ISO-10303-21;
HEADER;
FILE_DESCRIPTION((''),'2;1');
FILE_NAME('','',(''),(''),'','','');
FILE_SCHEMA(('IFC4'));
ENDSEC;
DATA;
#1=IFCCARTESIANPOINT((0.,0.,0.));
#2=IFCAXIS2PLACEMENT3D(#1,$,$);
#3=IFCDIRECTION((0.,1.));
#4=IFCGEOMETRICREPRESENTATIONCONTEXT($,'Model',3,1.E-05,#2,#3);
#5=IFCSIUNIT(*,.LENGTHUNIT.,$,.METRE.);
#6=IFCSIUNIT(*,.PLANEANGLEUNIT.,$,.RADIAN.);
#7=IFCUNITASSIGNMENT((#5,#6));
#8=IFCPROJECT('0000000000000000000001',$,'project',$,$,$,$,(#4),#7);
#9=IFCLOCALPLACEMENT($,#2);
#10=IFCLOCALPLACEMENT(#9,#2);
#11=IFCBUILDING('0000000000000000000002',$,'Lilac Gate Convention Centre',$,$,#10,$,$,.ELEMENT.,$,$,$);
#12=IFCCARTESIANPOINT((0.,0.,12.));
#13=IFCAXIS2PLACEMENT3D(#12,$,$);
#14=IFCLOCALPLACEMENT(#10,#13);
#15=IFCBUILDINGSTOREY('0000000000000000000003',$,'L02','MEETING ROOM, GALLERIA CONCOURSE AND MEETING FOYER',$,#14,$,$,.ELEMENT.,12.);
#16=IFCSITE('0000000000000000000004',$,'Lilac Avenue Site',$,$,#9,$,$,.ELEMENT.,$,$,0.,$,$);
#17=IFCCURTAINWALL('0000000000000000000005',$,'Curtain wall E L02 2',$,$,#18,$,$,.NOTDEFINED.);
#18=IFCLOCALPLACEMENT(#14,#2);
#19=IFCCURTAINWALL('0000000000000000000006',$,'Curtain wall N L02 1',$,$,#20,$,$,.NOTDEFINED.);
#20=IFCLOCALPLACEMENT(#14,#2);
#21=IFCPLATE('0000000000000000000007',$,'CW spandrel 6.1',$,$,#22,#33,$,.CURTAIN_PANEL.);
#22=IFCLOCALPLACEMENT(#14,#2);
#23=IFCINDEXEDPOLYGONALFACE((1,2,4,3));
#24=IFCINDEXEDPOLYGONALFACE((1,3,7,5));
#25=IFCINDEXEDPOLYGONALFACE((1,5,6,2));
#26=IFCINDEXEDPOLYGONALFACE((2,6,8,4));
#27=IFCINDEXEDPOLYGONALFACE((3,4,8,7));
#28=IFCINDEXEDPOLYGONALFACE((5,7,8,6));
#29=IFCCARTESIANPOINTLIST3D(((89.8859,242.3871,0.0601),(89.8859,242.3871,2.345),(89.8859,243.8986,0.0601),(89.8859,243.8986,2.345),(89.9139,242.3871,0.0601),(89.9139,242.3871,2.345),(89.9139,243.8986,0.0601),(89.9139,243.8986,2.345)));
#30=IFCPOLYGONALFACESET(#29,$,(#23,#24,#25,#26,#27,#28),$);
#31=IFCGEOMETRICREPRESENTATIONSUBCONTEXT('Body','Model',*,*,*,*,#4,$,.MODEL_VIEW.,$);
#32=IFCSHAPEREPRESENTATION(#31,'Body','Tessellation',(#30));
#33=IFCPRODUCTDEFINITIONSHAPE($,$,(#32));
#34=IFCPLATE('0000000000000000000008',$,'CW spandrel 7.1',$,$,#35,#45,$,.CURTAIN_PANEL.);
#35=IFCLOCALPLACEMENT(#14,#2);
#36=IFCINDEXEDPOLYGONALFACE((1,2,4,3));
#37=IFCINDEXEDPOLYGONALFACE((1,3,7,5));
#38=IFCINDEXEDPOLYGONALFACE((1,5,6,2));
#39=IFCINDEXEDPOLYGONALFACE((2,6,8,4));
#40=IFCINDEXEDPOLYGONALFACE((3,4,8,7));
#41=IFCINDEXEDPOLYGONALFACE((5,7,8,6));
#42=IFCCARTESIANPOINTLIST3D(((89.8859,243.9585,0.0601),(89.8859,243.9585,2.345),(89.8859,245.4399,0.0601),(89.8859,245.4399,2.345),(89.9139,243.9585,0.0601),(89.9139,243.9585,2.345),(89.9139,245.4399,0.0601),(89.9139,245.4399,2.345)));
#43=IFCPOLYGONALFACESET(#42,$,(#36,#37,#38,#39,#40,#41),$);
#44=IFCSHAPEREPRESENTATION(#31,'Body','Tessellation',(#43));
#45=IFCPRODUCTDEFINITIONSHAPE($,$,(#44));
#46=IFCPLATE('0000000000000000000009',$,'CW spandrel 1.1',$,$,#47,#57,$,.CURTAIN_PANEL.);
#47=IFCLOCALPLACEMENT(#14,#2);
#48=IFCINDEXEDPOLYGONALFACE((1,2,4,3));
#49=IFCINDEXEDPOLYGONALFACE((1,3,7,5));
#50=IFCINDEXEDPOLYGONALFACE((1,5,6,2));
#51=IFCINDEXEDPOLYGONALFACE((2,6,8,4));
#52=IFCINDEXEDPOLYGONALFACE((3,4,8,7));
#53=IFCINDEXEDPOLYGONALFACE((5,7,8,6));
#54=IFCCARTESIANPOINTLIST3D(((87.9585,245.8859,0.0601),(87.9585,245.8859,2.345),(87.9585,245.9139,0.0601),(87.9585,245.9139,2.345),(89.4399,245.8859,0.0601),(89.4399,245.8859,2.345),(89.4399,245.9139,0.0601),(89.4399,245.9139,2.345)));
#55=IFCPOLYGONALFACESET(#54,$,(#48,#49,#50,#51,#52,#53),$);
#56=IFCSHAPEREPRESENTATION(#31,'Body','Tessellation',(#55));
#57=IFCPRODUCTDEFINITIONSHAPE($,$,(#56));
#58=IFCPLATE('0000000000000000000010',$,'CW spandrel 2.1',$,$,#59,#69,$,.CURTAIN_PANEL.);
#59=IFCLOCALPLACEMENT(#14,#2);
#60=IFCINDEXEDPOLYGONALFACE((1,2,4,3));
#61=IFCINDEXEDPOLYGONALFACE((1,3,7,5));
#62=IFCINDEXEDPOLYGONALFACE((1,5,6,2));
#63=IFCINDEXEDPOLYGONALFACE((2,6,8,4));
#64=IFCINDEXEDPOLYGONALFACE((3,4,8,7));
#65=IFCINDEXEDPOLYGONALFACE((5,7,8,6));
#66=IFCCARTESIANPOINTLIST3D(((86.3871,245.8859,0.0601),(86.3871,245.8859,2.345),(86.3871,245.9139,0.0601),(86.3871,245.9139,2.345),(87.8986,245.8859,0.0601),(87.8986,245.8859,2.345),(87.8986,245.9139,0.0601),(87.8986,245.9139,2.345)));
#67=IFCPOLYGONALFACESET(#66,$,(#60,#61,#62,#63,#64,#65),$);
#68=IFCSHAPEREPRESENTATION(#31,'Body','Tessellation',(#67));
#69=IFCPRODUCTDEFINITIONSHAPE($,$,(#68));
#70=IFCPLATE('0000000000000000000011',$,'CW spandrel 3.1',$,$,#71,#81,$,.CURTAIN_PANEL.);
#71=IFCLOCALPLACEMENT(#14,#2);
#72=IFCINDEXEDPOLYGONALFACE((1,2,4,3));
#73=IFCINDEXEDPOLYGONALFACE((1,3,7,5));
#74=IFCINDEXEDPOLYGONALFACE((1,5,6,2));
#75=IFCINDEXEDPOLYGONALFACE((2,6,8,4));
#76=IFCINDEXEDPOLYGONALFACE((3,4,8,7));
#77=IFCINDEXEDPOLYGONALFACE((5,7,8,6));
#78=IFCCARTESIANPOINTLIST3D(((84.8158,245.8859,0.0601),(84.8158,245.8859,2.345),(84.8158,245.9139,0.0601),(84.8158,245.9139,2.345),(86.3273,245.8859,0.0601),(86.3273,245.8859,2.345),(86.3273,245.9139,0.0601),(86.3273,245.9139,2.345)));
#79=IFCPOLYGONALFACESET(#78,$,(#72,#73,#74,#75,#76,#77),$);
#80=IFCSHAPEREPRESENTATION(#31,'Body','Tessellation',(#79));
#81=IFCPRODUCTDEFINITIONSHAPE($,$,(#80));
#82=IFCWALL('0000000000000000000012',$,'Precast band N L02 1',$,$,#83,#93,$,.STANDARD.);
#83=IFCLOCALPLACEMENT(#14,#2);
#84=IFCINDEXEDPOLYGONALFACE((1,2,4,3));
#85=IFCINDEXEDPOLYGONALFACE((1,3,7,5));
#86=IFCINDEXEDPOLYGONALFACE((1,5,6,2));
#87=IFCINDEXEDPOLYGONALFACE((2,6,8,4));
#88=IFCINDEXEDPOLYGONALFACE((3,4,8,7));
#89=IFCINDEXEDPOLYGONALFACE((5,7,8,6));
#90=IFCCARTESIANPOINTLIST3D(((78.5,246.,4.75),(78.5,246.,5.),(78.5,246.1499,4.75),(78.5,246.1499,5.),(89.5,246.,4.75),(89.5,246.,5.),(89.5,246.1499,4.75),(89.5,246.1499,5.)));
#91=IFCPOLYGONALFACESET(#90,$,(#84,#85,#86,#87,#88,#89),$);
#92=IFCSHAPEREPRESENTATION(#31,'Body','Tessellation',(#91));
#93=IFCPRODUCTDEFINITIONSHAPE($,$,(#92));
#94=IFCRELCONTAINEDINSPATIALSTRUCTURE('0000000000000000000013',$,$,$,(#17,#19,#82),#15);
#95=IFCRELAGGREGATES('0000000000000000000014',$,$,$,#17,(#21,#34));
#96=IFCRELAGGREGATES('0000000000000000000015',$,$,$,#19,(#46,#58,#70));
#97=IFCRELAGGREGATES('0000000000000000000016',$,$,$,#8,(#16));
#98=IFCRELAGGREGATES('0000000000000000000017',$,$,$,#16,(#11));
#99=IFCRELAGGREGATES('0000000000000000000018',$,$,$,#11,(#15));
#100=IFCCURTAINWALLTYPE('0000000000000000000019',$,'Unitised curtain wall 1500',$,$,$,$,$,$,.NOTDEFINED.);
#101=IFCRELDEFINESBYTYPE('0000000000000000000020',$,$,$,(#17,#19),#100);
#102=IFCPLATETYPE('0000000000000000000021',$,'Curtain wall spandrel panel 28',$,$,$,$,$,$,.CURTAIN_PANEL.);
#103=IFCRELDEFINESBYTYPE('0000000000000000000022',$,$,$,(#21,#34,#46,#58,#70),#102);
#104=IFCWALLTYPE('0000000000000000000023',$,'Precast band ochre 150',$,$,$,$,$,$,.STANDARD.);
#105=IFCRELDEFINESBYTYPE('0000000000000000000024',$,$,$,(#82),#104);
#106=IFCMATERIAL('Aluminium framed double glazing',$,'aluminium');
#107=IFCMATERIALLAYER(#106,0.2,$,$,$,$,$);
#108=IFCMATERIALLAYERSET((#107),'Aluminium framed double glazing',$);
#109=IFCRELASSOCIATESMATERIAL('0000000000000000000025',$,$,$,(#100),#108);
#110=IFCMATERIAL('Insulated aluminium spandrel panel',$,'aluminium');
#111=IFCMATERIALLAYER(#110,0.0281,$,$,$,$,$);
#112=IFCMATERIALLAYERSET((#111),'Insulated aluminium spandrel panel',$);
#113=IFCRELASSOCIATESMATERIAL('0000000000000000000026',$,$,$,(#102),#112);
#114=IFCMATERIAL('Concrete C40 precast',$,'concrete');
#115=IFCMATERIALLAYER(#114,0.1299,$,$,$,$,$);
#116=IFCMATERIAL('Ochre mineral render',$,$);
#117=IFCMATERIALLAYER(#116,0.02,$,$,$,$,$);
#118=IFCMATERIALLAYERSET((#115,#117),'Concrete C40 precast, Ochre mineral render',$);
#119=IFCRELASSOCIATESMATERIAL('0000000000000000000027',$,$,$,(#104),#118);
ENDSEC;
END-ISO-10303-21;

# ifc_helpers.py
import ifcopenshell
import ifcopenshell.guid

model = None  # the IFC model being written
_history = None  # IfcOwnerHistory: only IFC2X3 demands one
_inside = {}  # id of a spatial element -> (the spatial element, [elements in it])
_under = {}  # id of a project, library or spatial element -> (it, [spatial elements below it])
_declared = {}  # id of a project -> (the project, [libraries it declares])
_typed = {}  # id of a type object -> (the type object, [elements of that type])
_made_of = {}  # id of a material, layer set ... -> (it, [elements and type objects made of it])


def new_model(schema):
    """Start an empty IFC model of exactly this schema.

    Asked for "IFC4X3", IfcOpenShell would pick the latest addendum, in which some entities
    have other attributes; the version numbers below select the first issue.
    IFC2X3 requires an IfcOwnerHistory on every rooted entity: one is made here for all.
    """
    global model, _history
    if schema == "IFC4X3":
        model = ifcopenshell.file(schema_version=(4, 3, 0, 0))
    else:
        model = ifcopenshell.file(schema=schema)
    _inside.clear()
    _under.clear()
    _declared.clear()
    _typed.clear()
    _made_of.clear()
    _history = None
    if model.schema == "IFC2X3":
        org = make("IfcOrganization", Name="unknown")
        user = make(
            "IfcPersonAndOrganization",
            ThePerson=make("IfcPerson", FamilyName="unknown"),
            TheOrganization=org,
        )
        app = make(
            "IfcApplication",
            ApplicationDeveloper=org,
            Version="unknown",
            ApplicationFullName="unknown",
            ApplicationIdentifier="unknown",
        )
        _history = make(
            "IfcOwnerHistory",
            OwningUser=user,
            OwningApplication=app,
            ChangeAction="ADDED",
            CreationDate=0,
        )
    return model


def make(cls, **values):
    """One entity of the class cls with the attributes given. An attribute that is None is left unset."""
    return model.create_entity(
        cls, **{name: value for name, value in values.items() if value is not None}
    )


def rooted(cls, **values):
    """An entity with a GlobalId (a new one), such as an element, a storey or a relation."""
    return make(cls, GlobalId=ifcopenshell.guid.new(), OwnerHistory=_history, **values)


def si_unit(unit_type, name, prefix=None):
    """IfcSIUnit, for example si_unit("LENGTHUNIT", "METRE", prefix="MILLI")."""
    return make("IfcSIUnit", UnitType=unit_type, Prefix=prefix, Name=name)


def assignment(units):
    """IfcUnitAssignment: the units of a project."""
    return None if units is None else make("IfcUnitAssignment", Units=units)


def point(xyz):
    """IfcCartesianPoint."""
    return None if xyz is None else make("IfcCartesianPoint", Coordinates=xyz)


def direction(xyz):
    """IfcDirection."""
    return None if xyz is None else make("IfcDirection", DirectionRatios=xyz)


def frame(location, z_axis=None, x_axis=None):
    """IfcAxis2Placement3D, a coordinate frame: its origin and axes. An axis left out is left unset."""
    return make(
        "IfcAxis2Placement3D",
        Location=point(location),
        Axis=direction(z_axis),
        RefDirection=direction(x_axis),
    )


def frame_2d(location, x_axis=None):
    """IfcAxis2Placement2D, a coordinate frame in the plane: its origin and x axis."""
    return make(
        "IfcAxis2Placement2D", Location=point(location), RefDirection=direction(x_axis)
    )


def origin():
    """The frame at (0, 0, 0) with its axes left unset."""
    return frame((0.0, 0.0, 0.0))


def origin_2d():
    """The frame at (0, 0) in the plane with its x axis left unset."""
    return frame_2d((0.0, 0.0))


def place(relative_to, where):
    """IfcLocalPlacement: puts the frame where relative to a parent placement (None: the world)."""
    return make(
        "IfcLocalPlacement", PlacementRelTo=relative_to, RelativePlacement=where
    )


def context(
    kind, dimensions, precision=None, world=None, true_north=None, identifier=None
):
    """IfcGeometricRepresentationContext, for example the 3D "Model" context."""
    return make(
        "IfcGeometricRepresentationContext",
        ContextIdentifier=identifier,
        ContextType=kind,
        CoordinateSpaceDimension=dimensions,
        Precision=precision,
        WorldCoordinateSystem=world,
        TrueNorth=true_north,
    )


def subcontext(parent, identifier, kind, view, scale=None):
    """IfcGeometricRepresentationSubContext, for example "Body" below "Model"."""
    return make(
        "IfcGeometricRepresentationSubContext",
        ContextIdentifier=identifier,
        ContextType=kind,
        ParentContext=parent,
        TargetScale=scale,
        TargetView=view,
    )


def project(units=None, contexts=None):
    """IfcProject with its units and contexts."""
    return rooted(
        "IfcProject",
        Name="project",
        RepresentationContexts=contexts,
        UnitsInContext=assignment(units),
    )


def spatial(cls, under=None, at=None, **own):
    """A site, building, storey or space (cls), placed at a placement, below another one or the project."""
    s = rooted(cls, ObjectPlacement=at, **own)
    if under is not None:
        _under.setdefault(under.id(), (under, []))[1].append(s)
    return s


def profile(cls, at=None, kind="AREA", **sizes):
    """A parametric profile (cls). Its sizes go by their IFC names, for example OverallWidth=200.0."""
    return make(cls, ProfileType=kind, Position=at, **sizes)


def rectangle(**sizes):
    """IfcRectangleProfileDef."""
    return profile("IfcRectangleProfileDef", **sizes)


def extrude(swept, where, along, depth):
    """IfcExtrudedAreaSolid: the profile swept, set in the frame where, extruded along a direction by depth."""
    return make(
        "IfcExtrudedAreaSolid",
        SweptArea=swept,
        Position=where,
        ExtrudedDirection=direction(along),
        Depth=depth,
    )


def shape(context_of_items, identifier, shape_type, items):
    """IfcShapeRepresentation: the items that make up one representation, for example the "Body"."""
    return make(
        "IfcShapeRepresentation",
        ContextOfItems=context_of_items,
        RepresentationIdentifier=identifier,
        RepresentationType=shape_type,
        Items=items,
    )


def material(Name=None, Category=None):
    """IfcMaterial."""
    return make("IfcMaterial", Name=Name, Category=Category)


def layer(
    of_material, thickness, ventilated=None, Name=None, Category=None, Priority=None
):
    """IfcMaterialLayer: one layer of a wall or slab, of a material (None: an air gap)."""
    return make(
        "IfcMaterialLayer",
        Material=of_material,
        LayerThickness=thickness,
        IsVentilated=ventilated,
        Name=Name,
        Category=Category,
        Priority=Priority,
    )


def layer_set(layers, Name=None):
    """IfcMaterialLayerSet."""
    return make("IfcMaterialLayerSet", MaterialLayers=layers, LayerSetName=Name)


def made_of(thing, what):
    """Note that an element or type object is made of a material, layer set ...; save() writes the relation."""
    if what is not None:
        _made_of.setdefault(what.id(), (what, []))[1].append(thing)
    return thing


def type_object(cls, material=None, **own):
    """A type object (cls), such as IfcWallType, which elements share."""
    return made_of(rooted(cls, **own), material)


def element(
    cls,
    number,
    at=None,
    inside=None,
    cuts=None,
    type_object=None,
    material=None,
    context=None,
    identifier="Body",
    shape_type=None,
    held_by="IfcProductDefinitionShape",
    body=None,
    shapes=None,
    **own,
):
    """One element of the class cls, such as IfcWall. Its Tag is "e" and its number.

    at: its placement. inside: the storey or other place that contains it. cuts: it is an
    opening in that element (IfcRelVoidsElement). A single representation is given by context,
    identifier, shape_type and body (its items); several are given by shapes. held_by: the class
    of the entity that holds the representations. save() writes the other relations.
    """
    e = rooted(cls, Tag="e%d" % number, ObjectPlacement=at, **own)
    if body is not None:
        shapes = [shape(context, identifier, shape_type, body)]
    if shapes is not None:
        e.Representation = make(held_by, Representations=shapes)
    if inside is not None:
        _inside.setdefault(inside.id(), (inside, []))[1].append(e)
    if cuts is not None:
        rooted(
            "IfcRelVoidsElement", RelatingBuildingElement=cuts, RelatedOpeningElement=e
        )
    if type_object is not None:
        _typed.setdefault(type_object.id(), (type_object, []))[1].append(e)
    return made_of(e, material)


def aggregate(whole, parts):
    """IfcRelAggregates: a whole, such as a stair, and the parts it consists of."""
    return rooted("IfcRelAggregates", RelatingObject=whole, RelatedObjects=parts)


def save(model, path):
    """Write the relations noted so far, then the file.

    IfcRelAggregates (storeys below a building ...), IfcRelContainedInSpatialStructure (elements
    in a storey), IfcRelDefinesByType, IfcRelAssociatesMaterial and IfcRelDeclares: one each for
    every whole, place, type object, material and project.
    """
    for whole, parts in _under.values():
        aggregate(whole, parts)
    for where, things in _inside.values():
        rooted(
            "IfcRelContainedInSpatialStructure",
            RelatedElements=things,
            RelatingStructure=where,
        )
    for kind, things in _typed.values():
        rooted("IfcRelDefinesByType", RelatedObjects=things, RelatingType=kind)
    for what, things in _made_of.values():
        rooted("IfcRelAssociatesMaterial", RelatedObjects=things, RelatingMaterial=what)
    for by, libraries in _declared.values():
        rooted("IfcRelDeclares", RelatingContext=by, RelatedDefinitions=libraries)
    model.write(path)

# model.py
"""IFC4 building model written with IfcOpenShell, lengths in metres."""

from ifc_helpers import new_model, si_unit, direction, frame, frame_2d, origin, origin_2d, place, context, subcontext, project, spatial, rectangle, extrude, material, layer, layer_set, type_object, element, aggregate, save


model = new_model("IFC4")

# Units and contexts
model_context = context("Model", 3, precision=1e-05, world=origin(), true_north=direction((0.0, 1.0)))
body_context = subcontext(model_context, "Body", "Model", "MODEL_VIEW")
ifc_project = project(units=[si_unit("LENGTHUNIT", "METRE"), si_unit("PLANEANGLEUNIT", "RADIAN")], contexts=[model_context])

# Site, building, storey
site_placement = place(None, origin())
site = spatial("IfcSite", under=ifc_project, at=site_placement, Name="Lilac Avenue Site", CompositionType="ELEMENT", RefElevation=0.0)
building_placement = place(site_placement, origin())
building = spatial("IfcBuilding", under=site, at=building_placement, Name="Lilac Gate Convention Centre", CompositionType="ELEMENT")
storey_placement = place(building_placement, frame((0.0, 0.0, 12.0)))
storey = spatial("IfcBuildingStorey", under=building, at=storey_placement, Name="L02", Description="MEETING ROOM, GALLERIA CONCOURSE AND MEETING FOYER", CompositionType="ELEMENT", Elevation=12.0)

# Curtain walls
ifc_material_1 = material(Name="Aluminium framed double glazing", Category="aluminium")
ifc_layer_1 = layer(ifc_material_1, 0.2)
ifc_layer_set_1 = layer_set([ifc_layer_1], Name="Aluminium framed double glazing")
curtain_wall_type = type_object("IfcCurtainWallType", Name="Unitised curtain wall 1500", PredefinedType="NOTDEFINED", material=ifc_layer_set_1)
curtain_wall_1_placement = place(storey_placement, origin())
curtain_wall_1 = element("IfcCurtainWall", 1, at=curtain_wall_1_placement, inside=storey, type_object=curtain_wall_type, Name="Curtain wall E L02 2", PredefinedType="NOTDEFINED")
curtain_wall_2_placement = place(storey_placement, origin())
curtain_wall_2 = element("IfcCurtainWall", 2, at=curtain_wall_2_placement, inside=storey, type_object=curtain_wall_type, Name="Curtain wall N L02 1", PredefinedType="NOTDEFINED")

# Plates
ifc_material_2 = material(Name="Insulated aluminium spandrel panel", Category="aluminium")
ifc_layer_2 = layer(ifc_material_2, 0.0281)
ifc_layer_set_2 = layer_set([ifc_layer_2], Name="Insulated aluminium spandrel panel")
plate_type_1 = type_object("IfcPlateType", Name="Curtain wall spandrel panel 28", PredefinedType="CURTAIN_PANEL", material=ifc_layer_set_2)
plate_1_placement = place(storey_placement, frame((89.8999, 243.1428, 0.0601), z_axis=(0.0, 0.0, 1.0), x_axis=(0.0, 1.0, 0.0)))
plate_1 = element("IfcPlate", 3, at=plate_1_placement, type_object=plate_type_1, Name="CW spandrel 6.1", PredefinedType="CURTAIN_PANEL", context=body_context, shape_type="SweptSolid", body=[
    extrude(rectangle(XDim=1.5115, YDim=0.0281, at=origin_2d()), origin(), (0.0, 0.0, 1.0), 2.2849),
])
plate_2_placement = place(storey_placement, frame((89.8999, 244.6992, 0.0601), z_axis=(0.0, 0.0, 1.0), x_axis=(0.0, 1.0, 0.0)))
plate_2 = element("IfcPlate", 4, at=plate_2_placement, type_object=plate_type_1, Name="CW spandrel 7.1", PredefinedType="CURTAIN_PANEL", context=body_context, shape_type="SweptSolid", body=[
    extrude(rectangle(XDim=1.4814, YDim=0.0281, at=origin_2d()), origin(), (0.0, 0.0, 1.0), 2.2849),
])
aggregate(curtain_wall_1, [plate_1, plate_2])
plate_3_placement = place(storey_placement, frame((88.6992, 245.8999, 0.0601), z_axis=(0.0, 0.0, 1.0), x_axis=(-1.0, 0.0, 0.0)))
plate_3 = element("IfcPlate", 5, at=plate_3_placement, type_object=plate_type_1, Name="CW spandrel 1.1", PredefinedType="CURTAIN_PANEL", context=body_context, shape_type="SweptSolid", body=[
    extrude(rectangle(XDim=1.4814, YDim=0.0281, at=origin_2d()), origin(), (0.0, 0.0, 1.0), 2.2849),
])
plate_4_placement = place(storey_placement, frame((87.1428, 245.8999, 0.0601), z_axis=(0.0, 0.0, 1.0), x_axis=(-1.0, 0.0, 0.0)))
plate_4 = element("IfcPlate", 6, at=plate_4_placement, type_object=plate_type_1, Name="CW spandrel 2.1", PredefinedType="CURTAIN_PANEL", context=body_context, shape_type="SweptSolid", body=[
    extrude(rectangle(XDim=1.5115, YDim=0.0281, at=origin_2d()), origin(), (0.0, 0.0, 1.0), 2.2849),
])
plate_5_placement = place(storey_placement, frame((85.5715, 245.8999, 0.0601), z_axis=(0.0, 0.0, 1.0), x_axis=(-1.0, 0.0, 0.0)))
plate_5 = element("IfcPlate", 7, at=plate_5_placement, type_object=plate_type_1, Name="CW spandrel 3.1", PredefinedType="CURTAIN_PANEL", context=body_context, shape_type="SweptSolid", body=[
    extrude(rectangle(XDim=1.5115, YDim=0.0281, at=origin_2d()), origin(), (0.0, 0.0, 1.0), 2.2849),
])
aggregate(curtain_wall_2, [plate_3, plate_4, plate_5])

# Wall
ifc_material_3 = material(Name="Concrete C40 precast", Category="concrete")
ifc_layer_3 = layer(ifc_material_3, 0.1299)
ifc_material_4 = material(Name="Ochre mineral render")
ifc_layer_4 = layer(ifc_material_4, 0.02)
ifc_layer_set_3 = layer_set([ifc_layer_3, ifc_layer_4], Name="Concrete C40 precast, Ochre mineral render")
wall_type = type_object("IfcWallType", Name="Precast band ochre 150", PredefinedType="STANDARD", material=ifc_layer_set_3)
wall_placement = place(storey_placement, frame((89.5, 246.075, 4.75), z_axis=(0.0, 0.0, 1.0), x_axis=(-1.0, 0.0, 0.0)))
element("IfcWall", 8, at=wall_placement, inside=storey, type_object=wall_type, Name="Precast band N L02 1", PredefinedType="STANDARD", context=body_context, shape_type="SweptSolid", body=[
    extrude(rectangle(XDim=11.0, YDim=0.1499, at=frame_2d((5.5, 0.0))), origin(), (0.0, 0.0, 1.0), 0.25),
])

save(model, "model.ifc")
